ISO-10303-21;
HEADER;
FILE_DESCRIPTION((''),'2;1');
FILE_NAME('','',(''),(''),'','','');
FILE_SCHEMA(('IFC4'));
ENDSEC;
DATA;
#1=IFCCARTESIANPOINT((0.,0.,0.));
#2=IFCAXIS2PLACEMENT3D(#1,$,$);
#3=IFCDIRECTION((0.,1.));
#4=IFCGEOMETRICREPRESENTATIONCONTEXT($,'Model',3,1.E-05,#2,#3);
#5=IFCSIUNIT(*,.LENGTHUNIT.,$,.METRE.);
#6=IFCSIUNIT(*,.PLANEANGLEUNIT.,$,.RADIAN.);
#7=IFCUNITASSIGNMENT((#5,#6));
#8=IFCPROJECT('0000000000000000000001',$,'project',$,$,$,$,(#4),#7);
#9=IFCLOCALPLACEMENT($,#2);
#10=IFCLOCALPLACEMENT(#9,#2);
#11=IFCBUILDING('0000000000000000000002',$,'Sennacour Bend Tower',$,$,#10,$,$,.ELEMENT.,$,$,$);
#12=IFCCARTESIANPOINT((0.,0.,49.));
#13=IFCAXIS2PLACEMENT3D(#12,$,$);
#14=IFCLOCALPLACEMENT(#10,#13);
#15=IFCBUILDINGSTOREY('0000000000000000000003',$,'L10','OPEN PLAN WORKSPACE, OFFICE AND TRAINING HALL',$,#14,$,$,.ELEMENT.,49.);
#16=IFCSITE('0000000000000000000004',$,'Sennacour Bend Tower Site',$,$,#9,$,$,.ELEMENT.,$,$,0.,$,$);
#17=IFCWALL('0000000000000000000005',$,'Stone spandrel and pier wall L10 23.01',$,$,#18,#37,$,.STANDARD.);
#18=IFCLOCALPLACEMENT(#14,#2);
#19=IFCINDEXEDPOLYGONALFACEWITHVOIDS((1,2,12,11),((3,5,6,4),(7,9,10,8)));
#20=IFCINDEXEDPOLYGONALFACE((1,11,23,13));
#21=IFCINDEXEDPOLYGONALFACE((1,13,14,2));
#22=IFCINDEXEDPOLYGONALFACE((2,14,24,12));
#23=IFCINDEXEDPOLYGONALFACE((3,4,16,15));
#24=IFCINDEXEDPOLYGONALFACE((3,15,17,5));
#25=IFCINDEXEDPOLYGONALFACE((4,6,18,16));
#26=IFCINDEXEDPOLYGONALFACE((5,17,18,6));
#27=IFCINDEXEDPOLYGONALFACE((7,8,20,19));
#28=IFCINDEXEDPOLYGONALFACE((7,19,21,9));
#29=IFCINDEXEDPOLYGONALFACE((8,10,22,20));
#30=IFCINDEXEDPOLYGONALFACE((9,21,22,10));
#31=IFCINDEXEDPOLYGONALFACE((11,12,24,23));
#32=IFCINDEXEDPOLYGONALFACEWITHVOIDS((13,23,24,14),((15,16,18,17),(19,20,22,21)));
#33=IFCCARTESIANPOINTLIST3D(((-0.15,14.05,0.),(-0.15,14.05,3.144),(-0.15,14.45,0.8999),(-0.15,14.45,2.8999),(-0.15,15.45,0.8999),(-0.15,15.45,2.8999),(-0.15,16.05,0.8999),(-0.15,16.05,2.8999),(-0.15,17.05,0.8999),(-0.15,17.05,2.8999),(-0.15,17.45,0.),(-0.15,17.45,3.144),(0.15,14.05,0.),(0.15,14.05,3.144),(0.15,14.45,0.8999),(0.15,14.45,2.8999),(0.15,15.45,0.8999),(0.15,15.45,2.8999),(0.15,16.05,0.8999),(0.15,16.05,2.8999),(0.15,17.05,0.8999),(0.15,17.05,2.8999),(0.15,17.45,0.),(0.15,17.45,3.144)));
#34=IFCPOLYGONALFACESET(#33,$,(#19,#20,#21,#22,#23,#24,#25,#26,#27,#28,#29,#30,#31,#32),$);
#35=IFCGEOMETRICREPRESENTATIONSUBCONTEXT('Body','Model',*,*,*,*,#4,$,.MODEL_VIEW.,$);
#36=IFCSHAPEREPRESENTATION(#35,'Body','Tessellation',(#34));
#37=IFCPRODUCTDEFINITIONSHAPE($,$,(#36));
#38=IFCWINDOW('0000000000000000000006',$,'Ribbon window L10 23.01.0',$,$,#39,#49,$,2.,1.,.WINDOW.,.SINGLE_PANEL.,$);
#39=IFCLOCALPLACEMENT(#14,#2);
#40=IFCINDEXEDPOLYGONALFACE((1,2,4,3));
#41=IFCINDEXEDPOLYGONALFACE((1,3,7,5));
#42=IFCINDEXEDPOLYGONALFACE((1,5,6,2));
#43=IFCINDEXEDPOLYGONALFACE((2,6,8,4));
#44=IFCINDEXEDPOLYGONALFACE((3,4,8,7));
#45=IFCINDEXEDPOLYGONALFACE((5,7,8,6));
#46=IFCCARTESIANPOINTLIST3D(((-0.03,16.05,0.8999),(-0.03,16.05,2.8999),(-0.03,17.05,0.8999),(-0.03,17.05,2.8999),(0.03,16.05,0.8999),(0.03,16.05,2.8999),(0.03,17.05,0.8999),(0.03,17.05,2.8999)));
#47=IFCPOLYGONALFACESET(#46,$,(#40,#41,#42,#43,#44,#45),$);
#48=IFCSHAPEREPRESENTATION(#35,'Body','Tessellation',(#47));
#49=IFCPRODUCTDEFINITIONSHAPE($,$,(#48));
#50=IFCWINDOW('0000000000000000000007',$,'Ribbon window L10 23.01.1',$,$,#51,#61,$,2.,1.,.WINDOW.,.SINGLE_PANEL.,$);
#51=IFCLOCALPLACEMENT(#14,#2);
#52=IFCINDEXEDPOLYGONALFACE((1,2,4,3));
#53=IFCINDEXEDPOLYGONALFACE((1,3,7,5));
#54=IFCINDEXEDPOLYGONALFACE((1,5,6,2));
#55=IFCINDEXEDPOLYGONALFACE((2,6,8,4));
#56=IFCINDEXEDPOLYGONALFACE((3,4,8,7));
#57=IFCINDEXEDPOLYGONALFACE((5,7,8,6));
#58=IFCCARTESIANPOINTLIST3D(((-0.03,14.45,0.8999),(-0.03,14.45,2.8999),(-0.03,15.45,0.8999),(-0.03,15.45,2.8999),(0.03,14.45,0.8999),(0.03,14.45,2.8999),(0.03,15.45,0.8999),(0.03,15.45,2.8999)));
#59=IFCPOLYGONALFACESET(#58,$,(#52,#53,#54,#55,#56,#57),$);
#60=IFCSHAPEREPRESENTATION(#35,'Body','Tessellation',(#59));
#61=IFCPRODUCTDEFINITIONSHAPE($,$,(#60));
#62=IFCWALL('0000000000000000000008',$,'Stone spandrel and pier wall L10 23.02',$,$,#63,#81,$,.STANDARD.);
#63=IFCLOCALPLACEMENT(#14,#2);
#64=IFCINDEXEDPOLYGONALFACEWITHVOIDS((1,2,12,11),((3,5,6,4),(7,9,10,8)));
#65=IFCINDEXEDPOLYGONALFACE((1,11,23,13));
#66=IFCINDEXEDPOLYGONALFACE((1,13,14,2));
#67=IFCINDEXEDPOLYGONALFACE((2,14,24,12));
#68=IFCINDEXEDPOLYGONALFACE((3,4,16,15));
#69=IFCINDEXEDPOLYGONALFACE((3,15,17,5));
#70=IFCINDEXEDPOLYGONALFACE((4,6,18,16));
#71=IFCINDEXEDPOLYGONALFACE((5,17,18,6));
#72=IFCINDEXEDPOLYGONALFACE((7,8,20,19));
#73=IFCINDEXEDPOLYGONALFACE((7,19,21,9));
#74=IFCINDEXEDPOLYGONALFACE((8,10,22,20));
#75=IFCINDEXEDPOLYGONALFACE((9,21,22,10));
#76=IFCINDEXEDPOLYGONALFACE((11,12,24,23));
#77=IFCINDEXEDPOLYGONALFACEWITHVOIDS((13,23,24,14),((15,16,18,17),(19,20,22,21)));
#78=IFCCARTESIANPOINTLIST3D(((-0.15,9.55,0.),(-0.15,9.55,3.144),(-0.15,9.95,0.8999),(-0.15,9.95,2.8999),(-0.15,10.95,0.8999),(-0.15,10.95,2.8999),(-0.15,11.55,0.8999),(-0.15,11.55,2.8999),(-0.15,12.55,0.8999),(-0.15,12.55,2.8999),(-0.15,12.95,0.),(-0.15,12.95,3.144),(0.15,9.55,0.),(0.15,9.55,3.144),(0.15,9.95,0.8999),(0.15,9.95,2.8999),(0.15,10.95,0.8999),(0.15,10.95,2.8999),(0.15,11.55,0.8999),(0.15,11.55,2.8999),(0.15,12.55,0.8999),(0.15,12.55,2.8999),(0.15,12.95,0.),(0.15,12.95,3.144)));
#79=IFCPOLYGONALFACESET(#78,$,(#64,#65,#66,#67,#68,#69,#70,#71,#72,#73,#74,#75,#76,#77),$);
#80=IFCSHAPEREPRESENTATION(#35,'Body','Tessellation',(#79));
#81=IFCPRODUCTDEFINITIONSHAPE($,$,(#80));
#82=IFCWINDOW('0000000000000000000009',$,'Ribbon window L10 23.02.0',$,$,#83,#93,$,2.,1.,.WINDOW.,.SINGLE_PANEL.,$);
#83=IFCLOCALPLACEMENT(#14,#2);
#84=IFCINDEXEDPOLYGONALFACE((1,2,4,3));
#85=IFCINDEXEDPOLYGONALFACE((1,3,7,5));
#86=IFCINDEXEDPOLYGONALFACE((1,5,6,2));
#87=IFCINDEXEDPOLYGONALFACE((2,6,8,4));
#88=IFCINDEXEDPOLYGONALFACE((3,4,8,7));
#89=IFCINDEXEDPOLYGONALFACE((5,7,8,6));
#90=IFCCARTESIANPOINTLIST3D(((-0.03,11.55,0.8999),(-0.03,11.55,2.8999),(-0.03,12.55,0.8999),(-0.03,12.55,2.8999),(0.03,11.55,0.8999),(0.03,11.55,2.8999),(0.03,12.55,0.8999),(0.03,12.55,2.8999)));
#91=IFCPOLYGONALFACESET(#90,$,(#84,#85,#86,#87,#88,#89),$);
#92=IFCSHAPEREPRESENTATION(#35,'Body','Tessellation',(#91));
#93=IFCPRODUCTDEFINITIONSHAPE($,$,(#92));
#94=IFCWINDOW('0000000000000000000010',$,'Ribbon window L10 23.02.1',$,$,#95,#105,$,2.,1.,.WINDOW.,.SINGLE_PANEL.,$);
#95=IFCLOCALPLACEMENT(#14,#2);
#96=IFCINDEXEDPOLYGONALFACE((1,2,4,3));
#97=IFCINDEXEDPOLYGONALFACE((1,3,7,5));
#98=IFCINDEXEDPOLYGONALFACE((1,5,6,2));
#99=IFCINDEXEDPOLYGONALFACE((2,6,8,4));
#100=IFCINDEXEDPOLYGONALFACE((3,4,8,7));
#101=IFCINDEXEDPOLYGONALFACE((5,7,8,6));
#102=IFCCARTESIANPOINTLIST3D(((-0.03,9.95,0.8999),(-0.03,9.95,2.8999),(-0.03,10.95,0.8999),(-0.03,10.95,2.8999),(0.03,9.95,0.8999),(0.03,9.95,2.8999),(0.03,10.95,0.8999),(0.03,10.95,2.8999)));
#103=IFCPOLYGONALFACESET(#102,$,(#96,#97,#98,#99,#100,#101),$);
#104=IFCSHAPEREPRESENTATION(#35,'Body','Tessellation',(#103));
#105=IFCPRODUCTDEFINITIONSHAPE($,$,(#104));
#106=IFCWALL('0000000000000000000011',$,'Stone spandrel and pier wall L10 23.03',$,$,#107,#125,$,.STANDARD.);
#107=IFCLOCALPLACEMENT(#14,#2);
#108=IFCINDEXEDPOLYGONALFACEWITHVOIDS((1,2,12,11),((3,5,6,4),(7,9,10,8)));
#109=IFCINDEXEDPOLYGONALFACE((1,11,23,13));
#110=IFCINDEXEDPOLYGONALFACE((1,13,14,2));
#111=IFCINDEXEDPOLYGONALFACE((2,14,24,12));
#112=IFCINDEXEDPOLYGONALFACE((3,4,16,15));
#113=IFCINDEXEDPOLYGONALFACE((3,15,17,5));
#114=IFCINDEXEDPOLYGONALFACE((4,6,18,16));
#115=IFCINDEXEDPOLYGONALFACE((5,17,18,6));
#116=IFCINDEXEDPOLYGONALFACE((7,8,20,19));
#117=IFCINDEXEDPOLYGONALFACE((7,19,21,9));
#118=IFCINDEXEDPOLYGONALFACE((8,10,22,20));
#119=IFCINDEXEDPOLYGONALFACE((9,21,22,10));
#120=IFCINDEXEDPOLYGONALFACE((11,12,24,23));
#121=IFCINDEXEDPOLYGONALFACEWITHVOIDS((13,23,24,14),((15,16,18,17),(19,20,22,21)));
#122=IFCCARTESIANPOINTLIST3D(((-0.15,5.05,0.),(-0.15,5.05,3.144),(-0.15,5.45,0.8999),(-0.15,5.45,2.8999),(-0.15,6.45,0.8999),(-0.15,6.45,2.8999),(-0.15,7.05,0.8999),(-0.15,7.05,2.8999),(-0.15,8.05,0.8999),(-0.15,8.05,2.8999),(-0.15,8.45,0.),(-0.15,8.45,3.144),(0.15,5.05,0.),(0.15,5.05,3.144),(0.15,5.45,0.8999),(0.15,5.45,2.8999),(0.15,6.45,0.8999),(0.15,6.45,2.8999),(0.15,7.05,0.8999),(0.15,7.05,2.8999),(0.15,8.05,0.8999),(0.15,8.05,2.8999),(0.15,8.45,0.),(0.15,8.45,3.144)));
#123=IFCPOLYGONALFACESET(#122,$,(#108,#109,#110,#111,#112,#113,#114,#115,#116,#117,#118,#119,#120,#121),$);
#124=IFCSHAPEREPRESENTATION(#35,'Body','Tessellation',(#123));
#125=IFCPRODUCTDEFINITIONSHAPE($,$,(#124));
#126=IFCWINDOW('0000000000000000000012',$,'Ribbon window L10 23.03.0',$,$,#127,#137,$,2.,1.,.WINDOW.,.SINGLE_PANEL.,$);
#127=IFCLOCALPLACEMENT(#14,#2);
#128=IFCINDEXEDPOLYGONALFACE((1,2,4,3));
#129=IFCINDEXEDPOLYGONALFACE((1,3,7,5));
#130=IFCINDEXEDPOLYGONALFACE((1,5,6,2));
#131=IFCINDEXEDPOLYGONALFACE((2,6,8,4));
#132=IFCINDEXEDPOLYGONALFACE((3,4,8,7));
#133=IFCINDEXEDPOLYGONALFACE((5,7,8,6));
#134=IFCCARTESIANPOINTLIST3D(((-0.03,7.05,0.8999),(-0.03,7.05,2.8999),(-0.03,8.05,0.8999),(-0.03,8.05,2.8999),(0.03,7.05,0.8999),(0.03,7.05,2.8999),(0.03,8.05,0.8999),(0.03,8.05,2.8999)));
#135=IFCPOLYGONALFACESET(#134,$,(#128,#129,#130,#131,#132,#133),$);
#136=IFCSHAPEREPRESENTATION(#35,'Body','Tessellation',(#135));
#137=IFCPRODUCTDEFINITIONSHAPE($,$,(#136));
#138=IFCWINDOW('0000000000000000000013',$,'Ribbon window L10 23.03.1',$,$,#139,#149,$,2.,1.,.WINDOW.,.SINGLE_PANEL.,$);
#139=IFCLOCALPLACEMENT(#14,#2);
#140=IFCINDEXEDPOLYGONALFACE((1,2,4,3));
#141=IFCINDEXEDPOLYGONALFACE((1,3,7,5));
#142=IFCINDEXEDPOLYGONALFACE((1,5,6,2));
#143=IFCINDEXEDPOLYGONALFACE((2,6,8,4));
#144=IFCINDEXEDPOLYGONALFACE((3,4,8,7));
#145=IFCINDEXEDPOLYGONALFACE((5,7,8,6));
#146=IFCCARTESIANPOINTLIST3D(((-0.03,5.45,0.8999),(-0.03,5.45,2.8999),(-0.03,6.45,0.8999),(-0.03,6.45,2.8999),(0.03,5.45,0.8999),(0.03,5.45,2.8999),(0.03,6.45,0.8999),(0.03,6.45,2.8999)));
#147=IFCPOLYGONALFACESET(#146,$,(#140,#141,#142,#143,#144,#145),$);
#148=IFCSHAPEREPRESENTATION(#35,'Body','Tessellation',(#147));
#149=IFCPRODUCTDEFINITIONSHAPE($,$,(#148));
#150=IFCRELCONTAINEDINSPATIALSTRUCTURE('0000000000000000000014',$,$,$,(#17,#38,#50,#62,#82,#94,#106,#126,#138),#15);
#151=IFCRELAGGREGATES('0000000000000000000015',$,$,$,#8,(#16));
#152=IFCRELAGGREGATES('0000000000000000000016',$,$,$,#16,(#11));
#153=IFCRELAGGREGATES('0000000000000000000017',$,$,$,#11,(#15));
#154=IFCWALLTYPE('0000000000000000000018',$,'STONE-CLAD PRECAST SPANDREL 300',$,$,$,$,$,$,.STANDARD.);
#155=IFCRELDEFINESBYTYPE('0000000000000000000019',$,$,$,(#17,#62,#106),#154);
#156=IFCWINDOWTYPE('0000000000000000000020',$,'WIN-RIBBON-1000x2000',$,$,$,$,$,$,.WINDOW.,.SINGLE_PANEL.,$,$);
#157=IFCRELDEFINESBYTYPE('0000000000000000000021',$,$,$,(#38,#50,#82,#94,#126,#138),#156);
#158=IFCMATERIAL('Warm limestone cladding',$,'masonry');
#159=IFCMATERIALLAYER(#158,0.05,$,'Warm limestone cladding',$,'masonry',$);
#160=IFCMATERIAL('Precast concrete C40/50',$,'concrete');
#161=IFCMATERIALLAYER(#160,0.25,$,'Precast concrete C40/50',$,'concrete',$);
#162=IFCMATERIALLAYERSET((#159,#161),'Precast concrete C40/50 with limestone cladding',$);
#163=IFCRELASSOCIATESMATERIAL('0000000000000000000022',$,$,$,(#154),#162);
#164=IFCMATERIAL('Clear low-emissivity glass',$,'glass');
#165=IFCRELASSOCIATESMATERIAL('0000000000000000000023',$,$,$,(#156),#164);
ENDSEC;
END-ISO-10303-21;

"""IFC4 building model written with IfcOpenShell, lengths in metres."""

from ifc_helpers import new_model, si_unit, direction, frame, frame_2d, origin, place, context, subcontext, project, spatial, rectangle, extrude, material, layer, layer_set, type_object, element, fill, save


model = new_model("IFC4")

# Units and contexts
model_context = context("Model", 3, precision=1e-05, world=origin(), true_north=direction((0.0, 1.0)))
body_context = subcontext(model_context, "Body", "Model", "MODEL_VIEW")
ifc_project = project(units=[si_unit("LENGTHUNIT", "METRE"), si_unit("PLANEANGLEUNIT", "RADIAN")], contexts=[model_context])

# Site, building, storey
site_placement = place(None, origin())
site = spatial("IfcSite", under=ifc_project, at=site_placement, Name="Sennacour Bend Tower Site", CompositionType="ELEMENT", RefElevation=0.0)
building_placement = place(site_placement, origin())
building = spatial("IfcBuilding", under=site, at=building_placement, Name="Sennacour Bend Tower", CompositionType="ELEMENT")
storey_placement = place(building_placement, frame((0.0, 0.0, 49.0)))
storey = spatial("IfcBuildingStorey", under=building, at=storey_placement, Name="L10", Description="OPEN PLAN WORKSPACE, OFFICE AND TRAINING HALL", CompositionType="ELEMENT", Elevation=49.0)

# Walls, openings, windows
ifc_material_1 = material(Name="Warm limestone cladding", Category="masonry")
ifc_layer_1 = layer(ifc_material_1, 0.05, Name="Warm limestone cladding", Category="masonry")
ifc_material_2 = material(Name="Precast concrete C40/50", Category="concrete")
ifc_layer_2 = layer(ifc_material_2, 0.25, Name="Precast concrete C40/50", Category="concrete")
ifc_layer_set = layer_set([ifc_layer_1, ifc_layer_2], Name="Precast concrete C40/50 with limestone cladding")
wall_type = type_object("IfcWallType", Name="STONE-CLAD PRECAST SPANDREL 300", PredefinedType="STANDARD", material=ifc_layer_set)
wall_1_placement = place(storey_placement, frame((0.0, 17.45, 0.0), z_axis=(0.0, 0.0, 1.0), x_axis=(0.0, -1.0, 0.0)))
wall_1 = element("IfcWall", 1, at=wall_1_placement, inside=storey, type_object=wall_type, Name="Stone spandrel and pier wall L10 23.01", PredefinedType="STANDARD", context=body_context, shape_type="SweptSolid", body=[
    extrude(rectangle(XDim=3.3999, YDim=0.3, at=frame_2d((1.7, 0.0))), origin(), (0.0, 0.0, 1.0), 3.144),
])
opening_1_placement = place(wall_1_placement, frame((0.3999, 0.0, 0.8999)))
opening_1 = element("IfcOpeningElement", 2, at=opening_1_placement, cuts=wall_1, PredefinedType="OPENING", context=body_context, shape_type="SweptSolid", body=[
    extrude(rectangle(XDim=1.0, YDim=2.0, at=frame_2d((0.5, 1.0))), frame((0.0, 0.1602, 0.0), z_axis=(0.0, -1.0, 0.0), x_axis=(1.0, 0.0, 0.0)), (0.0, 0.0, 1.0), 0.3201),
])
opening_2_placement = place(wall_1_placement, frame((2.0, 0.0, 0.8999)))
opening_2 = element("IfcOpeningElement", 3, at=opening_2_placement, cuts=wall_1, PredefinedType="OPENING", context=body_context, shape_type="SweptSolid", body=[
    extrude(rectangle(XDim=1.0, YDim=2.0, at=frame_2d((0.5, 1.0))), frame((0.0, 0.1602, 0.0), z_axis=(0.0, -1.0, 0.0), x_axis=(1.0, 0.0, 0.0)), (0.0, 0.0, 1.0), 0.3201),
])
ifc_material_3 = material(Name="Clear low-emissivity glass", Category="glass")
window_type = type_object("IfcWindowType", Name="WIN-RIBBON-1000x2000", PartitioningType="SINGLE_PANEL", PredefinedType="WINDOW", material=ifc_material_3)
window_1_placement = place(opening_1_placement, origin())
window_1 = element("IfcWindow", 4, at=window_1_placement, inside=storey, type_object=window_type, Name="Ribbon window L10 23.01.0", OverallHeight=2.0, OverallWidth=1.0, PartitioningType="SINGLE_PANEL", PredefinedType="WINDOW", context=body_context, shape_type="SweptSolid", body=[
    extrude(rectangle(XDim=1.0, YDim=2.0, at=frame_2d((0.5, 1.0))), frame((0.0, 0.03, 0.0), z_axis=(0.0, -1.0, 0.0), x_axis=(1.0, 0.0, 0.0)), (0.0, 0.0, 1.0), 0.0601),
])
fill(opening_1, window_1)
window_2_placement = place(opening_2_placement, origin())
window_2 = element("IfcWindow", 5, at=window_2_placement, inside=storey, type_object=window_type, Name="Ribbon window L10 23.01.1", OverallHeight=2.0, OverallWidth=1.0, PartitioningType="SINGLE_PANEL", PredefinedType="WINDOW", context=body_context, shape_type="SweptSolid", body=[
    extrude(rectangle(XDim=1.0, YDim=2.0, at=frame_2d((0.5, 1.0))), frame((0.0, 0.03, 0.0), z_axis=(0.0, -1.0, 0.0), x_axis=(1.0, 0.0, 0.0)), (0.0, 0.0, 1.0), 0.0601),
])
fill(opening_2, window_2)
wall_2_placement = place(storey_placement, frame((0.0, 12.95, 0.0), z_axis=(0.0, 0.0, 1.0), x_axis=(0.0, -1.0, 0.0)))
wall_2 = element("IfcWall", 6, at=wall_2_placement, inside=storey, type_object=wall_type, Name="Stone spandrel and pier wall L10 23.02", PredefinedType="STANDARD", context=body_context, shape_type="SweptSolid", body=[
    extrude(rectangle(XDim=3.3999, YDim=0.3, at=frame_2d((1.7, 0.0))), origin(), (0.0, 0.0, 1.0), 3.144),
])
opening_3_placement = place(wall_2_placement, frame((0.3999, 0.0, 0.8999)))
opening_3 = element("IfcOpeningElement", 7, at=opening_3_placement, cuts=wall_2, PredefinedType="OPENING", context=body_context, shape_type="SweptSolid", body=[
    extrude(rectangle(XDim=1.0, YDim=2.0, at=frame_2d((0.5, 1.0))), frame((0.0, 0.1602, 0.0), z_axis=(0.0, -1.0, 0.0), x_axis=(1.0, 0.0, 0.0)), (0.0, 0.0, 1.0), 0.3201),
])
opening_4_placement = place(wall_2_placement, frame((2.0, 0.0, 0.8999)))
opening_4 = element("IfcOpeningElement", 8, at=opening_4_placement, cuts=wall_2, PredefinedType="OPENING", context=body_context, shape_type="SweptSolid", body=[
    extrude(rectangle(XDim=1.0, YDim=2.0, at=frame_2d((0.5, 1.0))), frame((0.0, 0.1602, 0.0), z_axis=(0.0, -1.0, 0.0), x_axis=(1.0, 0.0, 0.0)), (0.0, 0.0, 1.0), 0.3201),
])
window_3_placement = place(opening_3_placement, origin())
window_3 = element("IfcWindow", 9, at=window_3_placement, inside=storey, type_object=window_type, Name="Ribbon window L10 23.02.0", OverallHeight=2.0, OverallWidth=1.0, PartitioningType="SINGLE_PANEL", PredefinedType="WINDOW", context=body_context, shape_type="SweptSolid", body=[
    extrude(rectangle(XDim=1.0, YDim=2.0, at=frame_2d((0.5, 1.0))), frame((0.0, 0.03, 0.0), z_axis=(0.0, -1.0, 0.0), x_axis=(1.0, 0.0, 0.0)), (0.0, 0.0, 1.0), 0.0601),
])
fill(opening_3, window_3)
window_4_placement = place(opening_4_placement, origin())
window_4 = element("IfcWindow", 10, at=window_4_placement, inside=storey, type_object=window_type, Name="Ribbon window L10 23.02.1", OverallHeight=2.0, OverallWidth=1.0, PartitioningType="SINGLE_PANEL", PredefinedType="WINDOW", context=body_context, shape_type="SweptSolid", body=[
    extrude(rectangle(XDim=1.0, YDim=2.0, at=frame_2d((0.5, 1.0))), frame((0.0, 0.03, 0.0), z_axis=(0.0, -1.0, 0.0), x_axis=(1.0, 0.0, 0.0)), (0.0, 0.0, 1.0), 0.0601),
])
fill(opening_4, window_4)
wall_3_placement = place(storey_placement, frame((0.0, 8.45, 0.0), z_axis=(0.0, 0.0, 1.0), x_axis=(0.0, -1.0, 0.0)))
wall_3 = element("IfcWall", 11, at=wall_3_placement, inside=storey, type_object=wall_type, Name="Stone spandrel and pier wall L10 23.03", PredefinedType="STANDARD", context=body_context, shape_type="SweptSolid", body=[
    extrude(rectangle(XDim=3.3999, YDim=0.3, at=frame_2d((1.7, 0.0))), origin(), (0.0, 0.0, 1.0), 3.144),
])
opening_5_placement = place(wall_3_placement, frame((0.3999, 0.0, 0.8999)))
opening_5 = element("IfcOpeningElement", 12, at=opening_5_placement, cuts=wall_3, PredefinedType="OPENING", context=body_context, shape_type="SweptSolid", body=[
    extrude(rectangle(XDim=1.0, YDim=2.0, at=frame_2d((0.5, 1.0))), frame((0.0, 0.1602, 0.0), z_axis=(0.0, -1.0, 0.0), x_axis=(1.0, 0.0, 0.0)), (0.0, 0.0, 1.0), 0.3201),
])
opening_6_placement = place(wall_3_placement, frame((2.0, 0.0, 0.8999)))
opening_6 = element("IfcOpeningElement", 13, at=opening_6_placement, cuts=wall_3, PredefinedType="OPENING", context=body_context, shape_type="SweptSolid", body=[
    extrude(rectangle(XDim=1.0, YDim=2.0, at=frame_2d((0.5, 1.0))), frame((0.0, 0.1602, 0.0), z_axis=(0.0, -1.0, 0.0), x_axis=(1.0, 0.0, 0.0)), (0.0, 0.0, 1.0), 0.3201),
])
window_5_placement = place(opening_5_placement, origin())
window_5 = element("IfcWindow", 14, at=window_5_placement, inside=storey, type_object=window_type, Name="Ribbon window L10 23.03.0", OverallHeight=2.0, OverallWidth=1.0, PartitioningType="SINGLE_PANEL", PredefinedType="WINDOW", context=body_context, shape_type="SweptSolid", body=[
    extrude(rectangle(XDim=1.0, YDim=2.0, at=frame_2d((0.5, 1.0))), frame((0.0, 0.03, 0.0), z_axis=(0.0, -1.0, 0.0), x_axis=(1.0, 0.0, 0.0)), (0.0, 0.0, 1.0), 0.0601),
])
fill(opening_5, window_5)
window_6_placement = place(opening_6_placement, origin())
window_6 = element("IfcWindow", 15, at=window_6_placement, inside=storey, type_object=window_type, Name="Ribbon window L10 23.03.1", OverallHeight=2.0, OverallWidth=1.0, PartitioningType="SINGLE_PANEL", PredefinedType="WINDOW", context=body_context, shape_type="SweptSolid", body=[
    extrude(rectangle(XDim=1.0, YDim=2.0, at=frame_2d((0.5, 1.0))), frame((0.0, 0.03, 0.0), z_axis=(0.0, -1.0, 0.0), x_axis=(1.0, 0.0, 0.0)), (0.0, 0.0, 1.0), 0.0601),
])
fill(opening_6, window_6)

save(model, "model.ifc")
